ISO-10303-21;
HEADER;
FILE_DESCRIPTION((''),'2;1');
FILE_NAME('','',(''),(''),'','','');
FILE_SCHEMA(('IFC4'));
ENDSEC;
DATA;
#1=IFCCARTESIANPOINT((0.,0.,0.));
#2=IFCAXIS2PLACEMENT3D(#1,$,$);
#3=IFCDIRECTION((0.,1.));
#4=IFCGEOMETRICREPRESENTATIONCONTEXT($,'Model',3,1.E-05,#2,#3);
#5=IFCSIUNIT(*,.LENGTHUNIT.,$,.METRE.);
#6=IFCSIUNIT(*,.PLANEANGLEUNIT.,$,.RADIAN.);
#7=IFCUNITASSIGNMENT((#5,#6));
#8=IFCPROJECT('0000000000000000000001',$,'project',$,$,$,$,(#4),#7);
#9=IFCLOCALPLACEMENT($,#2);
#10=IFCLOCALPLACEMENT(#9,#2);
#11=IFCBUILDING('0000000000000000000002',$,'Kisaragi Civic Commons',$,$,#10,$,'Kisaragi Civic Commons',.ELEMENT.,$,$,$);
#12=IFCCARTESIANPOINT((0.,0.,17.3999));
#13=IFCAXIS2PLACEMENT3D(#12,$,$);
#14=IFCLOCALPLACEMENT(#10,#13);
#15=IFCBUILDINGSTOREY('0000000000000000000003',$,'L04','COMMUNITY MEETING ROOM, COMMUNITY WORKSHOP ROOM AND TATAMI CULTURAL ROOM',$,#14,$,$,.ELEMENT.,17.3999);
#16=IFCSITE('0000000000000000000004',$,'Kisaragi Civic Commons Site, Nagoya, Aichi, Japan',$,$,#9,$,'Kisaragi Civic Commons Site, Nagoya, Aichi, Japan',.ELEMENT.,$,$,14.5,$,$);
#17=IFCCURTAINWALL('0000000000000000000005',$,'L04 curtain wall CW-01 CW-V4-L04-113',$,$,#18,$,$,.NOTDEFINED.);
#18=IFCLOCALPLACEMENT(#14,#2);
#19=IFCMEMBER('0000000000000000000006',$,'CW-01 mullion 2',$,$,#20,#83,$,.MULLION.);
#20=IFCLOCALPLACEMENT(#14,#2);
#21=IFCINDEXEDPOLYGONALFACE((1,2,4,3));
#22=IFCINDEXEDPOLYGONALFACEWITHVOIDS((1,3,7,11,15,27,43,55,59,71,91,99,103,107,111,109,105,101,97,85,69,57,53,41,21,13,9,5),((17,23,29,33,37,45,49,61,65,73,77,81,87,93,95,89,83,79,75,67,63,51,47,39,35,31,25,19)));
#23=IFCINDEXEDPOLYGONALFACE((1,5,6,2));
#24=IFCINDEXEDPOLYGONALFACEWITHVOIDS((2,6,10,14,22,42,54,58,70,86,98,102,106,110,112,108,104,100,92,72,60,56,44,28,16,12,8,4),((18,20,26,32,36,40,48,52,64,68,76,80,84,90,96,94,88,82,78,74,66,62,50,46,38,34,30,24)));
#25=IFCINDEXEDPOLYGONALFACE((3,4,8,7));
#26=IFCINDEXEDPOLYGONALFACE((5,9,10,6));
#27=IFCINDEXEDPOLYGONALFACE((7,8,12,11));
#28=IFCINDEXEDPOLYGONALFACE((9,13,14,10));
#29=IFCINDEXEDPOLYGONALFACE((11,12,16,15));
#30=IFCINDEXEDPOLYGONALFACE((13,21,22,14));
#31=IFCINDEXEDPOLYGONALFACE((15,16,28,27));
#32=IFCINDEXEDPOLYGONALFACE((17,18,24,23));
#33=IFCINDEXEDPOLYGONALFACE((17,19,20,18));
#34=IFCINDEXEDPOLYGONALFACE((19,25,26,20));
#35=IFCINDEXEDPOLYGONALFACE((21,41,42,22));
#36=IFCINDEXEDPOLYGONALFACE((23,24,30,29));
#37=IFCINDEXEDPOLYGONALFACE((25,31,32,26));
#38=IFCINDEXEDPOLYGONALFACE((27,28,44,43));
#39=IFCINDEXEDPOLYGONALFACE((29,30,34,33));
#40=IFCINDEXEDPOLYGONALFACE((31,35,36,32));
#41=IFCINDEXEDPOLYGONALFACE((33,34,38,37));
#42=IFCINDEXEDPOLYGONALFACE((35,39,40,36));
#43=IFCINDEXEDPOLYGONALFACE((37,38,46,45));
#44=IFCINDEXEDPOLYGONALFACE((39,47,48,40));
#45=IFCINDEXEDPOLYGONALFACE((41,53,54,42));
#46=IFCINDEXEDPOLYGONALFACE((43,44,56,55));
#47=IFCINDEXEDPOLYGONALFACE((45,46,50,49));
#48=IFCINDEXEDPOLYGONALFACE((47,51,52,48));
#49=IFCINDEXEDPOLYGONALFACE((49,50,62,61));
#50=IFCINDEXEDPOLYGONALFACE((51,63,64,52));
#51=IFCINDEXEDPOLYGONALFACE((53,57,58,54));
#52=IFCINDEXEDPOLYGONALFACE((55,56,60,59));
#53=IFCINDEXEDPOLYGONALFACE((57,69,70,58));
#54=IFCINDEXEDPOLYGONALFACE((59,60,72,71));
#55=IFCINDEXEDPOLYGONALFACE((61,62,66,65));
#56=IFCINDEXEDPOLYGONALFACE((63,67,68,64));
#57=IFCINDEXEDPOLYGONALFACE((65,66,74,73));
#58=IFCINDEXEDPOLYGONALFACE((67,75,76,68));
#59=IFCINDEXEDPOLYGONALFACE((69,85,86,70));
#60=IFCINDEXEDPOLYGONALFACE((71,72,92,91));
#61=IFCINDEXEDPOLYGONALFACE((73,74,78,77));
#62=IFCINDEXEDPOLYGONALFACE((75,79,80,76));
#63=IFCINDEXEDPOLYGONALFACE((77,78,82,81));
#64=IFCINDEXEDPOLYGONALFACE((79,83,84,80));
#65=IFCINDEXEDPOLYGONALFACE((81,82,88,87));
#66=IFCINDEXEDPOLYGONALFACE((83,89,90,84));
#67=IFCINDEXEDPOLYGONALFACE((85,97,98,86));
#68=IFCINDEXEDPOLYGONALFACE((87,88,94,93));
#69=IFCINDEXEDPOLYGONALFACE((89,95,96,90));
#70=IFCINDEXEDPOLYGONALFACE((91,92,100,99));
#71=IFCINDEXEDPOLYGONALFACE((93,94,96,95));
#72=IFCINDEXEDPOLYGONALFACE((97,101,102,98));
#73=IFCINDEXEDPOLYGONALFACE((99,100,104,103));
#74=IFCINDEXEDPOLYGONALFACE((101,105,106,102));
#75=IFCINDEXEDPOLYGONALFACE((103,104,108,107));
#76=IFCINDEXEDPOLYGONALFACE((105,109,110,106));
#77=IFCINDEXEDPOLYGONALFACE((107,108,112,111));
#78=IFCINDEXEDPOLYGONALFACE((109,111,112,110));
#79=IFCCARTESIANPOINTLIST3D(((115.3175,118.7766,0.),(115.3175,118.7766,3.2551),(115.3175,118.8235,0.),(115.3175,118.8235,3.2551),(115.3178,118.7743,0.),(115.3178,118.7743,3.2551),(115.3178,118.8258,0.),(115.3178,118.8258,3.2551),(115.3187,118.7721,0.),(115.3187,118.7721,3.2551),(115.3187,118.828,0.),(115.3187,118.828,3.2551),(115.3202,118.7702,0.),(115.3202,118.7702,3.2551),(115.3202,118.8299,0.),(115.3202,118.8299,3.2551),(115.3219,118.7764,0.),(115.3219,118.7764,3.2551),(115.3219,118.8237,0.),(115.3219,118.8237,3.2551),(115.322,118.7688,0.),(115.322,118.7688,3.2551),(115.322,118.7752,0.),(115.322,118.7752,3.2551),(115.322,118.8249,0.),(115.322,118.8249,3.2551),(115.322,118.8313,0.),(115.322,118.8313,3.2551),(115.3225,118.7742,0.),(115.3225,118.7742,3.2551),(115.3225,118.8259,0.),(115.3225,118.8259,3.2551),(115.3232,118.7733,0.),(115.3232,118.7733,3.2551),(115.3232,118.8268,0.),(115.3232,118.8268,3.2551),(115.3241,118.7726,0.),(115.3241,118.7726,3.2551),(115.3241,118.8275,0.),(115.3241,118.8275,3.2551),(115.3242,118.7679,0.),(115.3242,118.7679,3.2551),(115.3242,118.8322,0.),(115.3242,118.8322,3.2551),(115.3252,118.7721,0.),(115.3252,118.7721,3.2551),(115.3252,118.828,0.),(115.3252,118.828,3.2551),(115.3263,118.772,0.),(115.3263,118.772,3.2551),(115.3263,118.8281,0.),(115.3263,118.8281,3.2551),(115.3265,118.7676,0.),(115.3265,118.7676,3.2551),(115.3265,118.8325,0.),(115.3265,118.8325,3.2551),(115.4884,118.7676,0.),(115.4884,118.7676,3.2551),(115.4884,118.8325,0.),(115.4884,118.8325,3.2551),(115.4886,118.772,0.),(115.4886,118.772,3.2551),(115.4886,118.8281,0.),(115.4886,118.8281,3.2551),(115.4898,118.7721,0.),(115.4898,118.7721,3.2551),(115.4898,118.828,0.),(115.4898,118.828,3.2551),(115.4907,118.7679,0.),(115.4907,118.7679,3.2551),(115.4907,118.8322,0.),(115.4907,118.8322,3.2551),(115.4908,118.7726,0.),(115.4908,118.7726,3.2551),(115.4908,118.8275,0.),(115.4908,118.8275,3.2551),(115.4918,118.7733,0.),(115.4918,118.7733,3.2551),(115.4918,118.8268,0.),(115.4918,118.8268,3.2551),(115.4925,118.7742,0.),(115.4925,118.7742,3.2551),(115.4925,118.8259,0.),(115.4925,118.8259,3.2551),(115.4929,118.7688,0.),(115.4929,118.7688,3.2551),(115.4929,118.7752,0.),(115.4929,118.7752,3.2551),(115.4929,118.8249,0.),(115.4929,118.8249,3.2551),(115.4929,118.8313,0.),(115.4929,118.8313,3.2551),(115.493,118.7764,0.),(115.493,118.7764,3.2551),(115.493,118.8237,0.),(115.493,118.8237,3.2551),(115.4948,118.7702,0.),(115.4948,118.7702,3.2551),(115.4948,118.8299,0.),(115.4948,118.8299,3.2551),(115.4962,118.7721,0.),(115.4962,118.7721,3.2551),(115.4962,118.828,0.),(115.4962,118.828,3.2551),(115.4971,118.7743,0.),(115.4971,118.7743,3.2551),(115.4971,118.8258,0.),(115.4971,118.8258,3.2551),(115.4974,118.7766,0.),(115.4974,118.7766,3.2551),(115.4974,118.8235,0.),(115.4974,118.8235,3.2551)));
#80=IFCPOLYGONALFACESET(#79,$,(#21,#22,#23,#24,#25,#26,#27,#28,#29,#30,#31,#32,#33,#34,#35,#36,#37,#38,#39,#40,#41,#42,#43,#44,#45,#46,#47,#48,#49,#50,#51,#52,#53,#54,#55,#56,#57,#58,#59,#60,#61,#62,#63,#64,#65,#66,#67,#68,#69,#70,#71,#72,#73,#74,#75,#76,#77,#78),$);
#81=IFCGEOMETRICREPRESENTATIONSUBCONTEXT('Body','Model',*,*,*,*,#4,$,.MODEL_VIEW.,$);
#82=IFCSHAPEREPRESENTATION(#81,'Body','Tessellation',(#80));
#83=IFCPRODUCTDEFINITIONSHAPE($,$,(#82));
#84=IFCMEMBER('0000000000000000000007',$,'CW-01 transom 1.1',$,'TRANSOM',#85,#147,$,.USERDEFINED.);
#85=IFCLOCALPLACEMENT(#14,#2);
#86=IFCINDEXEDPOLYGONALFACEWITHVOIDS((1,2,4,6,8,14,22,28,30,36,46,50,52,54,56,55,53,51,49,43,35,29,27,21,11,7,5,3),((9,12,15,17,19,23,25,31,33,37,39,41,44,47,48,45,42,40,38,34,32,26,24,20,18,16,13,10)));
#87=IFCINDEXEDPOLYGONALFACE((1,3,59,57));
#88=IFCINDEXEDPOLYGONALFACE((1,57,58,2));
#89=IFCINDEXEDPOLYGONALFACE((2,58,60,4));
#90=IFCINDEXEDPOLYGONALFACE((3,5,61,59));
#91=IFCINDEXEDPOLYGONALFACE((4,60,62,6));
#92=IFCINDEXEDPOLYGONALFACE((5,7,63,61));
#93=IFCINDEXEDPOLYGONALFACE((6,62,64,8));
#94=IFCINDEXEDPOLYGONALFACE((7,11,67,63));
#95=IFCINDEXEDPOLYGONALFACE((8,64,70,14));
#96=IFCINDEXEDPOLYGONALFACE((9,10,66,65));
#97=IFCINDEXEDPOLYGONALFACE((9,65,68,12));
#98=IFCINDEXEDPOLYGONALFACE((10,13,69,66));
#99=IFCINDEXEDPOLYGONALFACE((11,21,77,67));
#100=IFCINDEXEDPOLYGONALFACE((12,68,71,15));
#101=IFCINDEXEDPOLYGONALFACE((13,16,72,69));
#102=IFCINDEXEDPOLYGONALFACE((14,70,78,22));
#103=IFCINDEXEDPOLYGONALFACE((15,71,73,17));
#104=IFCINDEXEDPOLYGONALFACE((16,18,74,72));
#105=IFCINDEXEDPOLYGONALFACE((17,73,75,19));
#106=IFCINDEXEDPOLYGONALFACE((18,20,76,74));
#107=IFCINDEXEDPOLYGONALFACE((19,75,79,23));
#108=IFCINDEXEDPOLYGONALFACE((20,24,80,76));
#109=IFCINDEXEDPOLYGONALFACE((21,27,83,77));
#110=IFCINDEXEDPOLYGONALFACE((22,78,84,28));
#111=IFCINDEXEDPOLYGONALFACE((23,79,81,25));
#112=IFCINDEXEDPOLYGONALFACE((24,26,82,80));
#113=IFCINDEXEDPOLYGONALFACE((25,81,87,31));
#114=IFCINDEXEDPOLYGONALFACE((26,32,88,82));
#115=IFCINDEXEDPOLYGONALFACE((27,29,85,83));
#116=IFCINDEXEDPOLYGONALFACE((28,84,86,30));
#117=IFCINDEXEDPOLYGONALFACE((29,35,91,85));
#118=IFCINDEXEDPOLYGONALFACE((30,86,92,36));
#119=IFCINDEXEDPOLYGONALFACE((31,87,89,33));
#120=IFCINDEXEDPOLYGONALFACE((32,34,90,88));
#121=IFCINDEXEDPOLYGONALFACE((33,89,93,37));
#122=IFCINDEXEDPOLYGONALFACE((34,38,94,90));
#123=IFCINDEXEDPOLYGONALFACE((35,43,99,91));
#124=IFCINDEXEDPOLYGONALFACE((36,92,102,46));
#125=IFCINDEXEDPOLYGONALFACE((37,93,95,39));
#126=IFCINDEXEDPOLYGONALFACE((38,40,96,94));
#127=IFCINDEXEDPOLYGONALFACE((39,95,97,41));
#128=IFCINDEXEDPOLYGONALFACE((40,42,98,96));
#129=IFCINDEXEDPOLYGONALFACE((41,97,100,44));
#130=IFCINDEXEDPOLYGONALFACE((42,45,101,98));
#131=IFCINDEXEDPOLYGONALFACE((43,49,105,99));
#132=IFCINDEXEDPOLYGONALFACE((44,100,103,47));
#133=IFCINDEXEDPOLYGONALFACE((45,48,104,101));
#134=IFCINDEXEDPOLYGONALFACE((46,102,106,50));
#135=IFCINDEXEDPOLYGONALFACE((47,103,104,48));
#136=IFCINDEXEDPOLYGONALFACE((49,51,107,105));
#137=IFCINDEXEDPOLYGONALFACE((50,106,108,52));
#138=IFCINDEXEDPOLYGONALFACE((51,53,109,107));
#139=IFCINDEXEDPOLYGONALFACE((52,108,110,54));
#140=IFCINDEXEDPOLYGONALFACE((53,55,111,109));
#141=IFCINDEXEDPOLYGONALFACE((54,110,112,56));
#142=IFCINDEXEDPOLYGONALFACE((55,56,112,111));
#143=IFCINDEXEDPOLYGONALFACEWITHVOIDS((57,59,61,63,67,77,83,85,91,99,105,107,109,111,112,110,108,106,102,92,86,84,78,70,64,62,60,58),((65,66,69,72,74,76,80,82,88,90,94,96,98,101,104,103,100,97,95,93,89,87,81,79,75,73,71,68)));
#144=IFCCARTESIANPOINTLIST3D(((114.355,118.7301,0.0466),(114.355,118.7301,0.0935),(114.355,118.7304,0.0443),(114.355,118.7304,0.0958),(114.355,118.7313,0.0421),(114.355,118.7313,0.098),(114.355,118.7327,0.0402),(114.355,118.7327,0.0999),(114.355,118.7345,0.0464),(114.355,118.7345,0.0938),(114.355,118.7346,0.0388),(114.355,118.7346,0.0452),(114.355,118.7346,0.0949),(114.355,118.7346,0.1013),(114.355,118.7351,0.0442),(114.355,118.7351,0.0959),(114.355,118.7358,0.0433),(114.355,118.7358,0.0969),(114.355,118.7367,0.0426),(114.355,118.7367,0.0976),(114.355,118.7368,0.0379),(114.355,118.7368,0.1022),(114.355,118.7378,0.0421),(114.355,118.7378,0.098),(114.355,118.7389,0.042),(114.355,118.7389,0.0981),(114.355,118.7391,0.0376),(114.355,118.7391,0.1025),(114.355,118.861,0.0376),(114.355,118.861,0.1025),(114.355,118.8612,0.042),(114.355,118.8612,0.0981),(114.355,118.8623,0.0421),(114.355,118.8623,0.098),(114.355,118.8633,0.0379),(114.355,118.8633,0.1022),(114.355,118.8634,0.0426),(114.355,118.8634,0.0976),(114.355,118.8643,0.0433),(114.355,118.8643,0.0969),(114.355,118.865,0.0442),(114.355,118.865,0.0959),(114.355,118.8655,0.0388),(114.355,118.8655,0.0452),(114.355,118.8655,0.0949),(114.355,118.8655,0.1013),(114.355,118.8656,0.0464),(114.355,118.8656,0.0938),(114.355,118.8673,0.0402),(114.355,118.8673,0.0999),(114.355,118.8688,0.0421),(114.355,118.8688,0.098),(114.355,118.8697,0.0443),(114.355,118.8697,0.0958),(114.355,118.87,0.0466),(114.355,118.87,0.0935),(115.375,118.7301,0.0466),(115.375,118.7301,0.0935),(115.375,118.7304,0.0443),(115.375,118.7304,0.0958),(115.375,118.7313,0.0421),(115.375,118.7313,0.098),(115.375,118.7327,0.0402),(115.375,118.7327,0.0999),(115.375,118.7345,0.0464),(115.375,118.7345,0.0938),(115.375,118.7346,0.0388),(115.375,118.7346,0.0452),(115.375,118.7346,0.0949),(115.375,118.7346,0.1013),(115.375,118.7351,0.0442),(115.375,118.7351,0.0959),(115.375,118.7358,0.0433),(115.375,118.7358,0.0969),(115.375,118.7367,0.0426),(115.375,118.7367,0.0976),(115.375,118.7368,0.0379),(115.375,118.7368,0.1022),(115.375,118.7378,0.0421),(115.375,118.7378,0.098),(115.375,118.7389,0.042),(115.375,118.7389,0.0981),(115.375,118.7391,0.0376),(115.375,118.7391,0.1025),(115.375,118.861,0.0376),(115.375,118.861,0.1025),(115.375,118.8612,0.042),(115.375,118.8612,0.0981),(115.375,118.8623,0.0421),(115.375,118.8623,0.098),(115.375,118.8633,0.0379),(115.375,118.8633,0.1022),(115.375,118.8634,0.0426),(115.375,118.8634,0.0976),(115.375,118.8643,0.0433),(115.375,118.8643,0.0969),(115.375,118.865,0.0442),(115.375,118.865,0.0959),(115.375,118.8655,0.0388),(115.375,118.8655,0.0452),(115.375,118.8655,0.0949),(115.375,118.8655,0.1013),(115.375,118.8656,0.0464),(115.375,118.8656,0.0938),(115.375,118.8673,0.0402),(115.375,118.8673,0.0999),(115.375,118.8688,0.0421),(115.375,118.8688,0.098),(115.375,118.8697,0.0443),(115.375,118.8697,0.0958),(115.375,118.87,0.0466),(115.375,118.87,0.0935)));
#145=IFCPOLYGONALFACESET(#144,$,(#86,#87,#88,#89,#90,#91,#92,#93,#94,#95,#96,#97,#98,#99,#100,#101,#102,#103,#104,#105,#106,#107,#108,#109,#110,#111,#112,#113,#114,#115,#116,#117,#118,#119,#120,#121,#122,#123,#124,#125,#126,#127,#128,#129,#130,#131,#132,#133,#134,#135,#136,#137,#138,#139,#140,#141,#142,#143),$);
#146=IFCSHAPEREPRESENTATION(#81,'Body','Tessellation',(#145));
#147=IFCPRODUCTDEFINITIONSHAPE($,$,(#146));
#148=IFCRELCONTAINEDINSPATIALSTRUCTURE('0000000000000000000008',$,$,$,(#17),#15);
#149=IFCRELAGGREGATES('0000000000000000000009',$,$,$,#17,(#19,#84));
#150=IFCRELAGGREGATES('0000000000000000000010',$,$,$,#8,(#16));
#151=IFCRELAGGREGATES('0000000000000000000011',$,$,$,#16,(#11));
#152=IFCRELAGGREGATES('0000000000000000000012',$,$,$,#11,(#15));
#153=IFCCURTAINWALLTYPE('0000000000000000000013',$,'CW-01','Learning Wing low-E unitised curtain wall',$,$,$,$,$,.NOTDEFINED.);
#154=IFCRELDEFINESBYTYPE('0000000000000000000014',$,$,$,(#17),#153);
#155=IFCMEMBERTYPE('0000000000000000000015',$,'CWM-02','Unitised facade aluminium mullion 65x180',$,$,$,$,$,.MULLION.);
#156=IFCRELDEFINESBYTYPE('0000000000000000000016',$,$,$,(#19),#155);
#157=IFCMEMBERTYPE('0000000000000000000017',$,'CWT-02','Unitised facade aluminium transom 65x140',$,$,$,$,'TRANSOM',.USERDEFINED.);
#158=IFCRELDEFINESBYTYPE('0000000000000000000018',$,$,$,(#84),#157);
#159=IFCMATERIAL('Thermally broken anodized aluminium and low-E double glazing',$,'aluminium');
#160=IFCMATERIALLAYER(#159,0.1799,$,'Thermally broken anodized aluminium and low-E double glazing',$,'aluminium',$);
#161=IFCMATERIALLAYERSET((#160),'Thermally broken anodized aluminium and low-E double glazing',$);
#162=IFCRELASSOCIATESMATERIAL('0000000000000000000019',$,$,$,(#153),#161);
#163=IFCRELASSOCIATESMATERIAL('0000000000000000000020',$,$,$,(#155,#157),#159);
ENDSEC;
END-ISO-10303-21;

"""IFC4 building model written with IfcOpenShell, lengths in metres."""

from ifc_helpers import new_model, si_unit, direction, frame, origin, origin_2d, place, context, subcontext, project, spatial, hollow_rectangle, extrude, material, layer, layer_set, material_profile, profile_set, type_object, element, aggregate, save


model = new_model("IFC4")

# Units and contexts
model_context = context("Model", 3, precision=1e-05, world=origin(), true_north=direction((0.0, 1.0)))
body_context = subcontext(model_context, "Body", "Model", "MODEL_VIEW")
ifc_project = project(units=[si_unit("LENGTHUNIT", "METRE"), si_unit("PLANEANGLEUNIT", "RADIAN")], contexts=[model_context])

# Site, building, storey
site_placement = place(None, origin())
site = spatial("IfcSite", under=ifc_project, at=site_placement, Name="Kisaragi Civic Commons Site, Nagoya, Aichi, Japan", LongName="Kisaragi Civic Commons Site, Nagoya, Aichi, Japan", CompositionType="ELEMENT", RefElevation=14.5)
building_placement = place(site_placement, origin())
building = spatial("IfcBuilding", under=site, at=building_placement, Name="Kisaragi Civic Commons", LongName="Kisaragi Civic Commons", CompositionType="ELEMENT")
storey_placement = place(building_placement, frame((0.0, 0.0, 17.3999)))
storey = spatial("IfcBuildingStorey", under=building, at=storey_placement, Name="L04", Description="COMMUNITY MEETING ROOM, COMMUNITY WORKSHOP ROOM AND TATAMI CULTURAL ROOM", CompositionType="ELEMENT", Elevation=17.3999)

# Shared definitions
ifc_material_1 = material(Name="Thermally broken anodized aluminium and low-E double glazing", Category="aluminium")
ifc_layer_1 = layer(ifc_material_1, 0.1799, Name="Thermally broken anodized aluminium and low-E double glazing", Category="aluminium")
ifc_layer_set_1 = layer_set([ifc_layer_1], Name="Thermally broken anodized aluminium and low-E double glazing")
curtain_wall_type = type_object("IfcCurtainWallType", Name="CW-01", Description="Learning Wing low-E unitised curtain wall", PredefinedType="NOTDEFINED", material=ifc_layer_set_1)
ifc_material_profile_1 = material_profile(ifc_material_1, hollow_rectangle(XDim=0.0649, YDim=0.1799, WallThickness=0.0044, InnerFilletRadius=0.0044, OuterFilletRadius=0.009, at=origin_2d()), Name="CWM-65x180x4.5", Category="aluminium")
ifc_profile_set_1 = profile_set([ifc_material_profile_1], Name="Thermally broken anodized aluminium and low-E double glazing")
member_type_1 = type_object("IfcMemberType", Name="CWM-02", Description="Unitised facade aluminium mullion 65x180", PredefinedType="MULLION", material=ifc_profile_set_1)

# Curtain wall, members
curtain_wall_1_placement = place(storey_placement, origin())
curtain_wall_1 = element("IfcCurtainWall", 1, at=curtain_wall_1_placement, inside=storey, type_object=curtain_wall_type, Name="L04 curtain wall CW-01 CW-V4-L04-113", PredefinedType="NOTDEFINED")
member_1_placement = place(storey_placement, frame((115.4075, 118.8, 0.0), z_axis=(0.0, 0.0, 1.0), x_axis=(0.0, 1.0, 0.0)))
member_1 = element("IfcMember", 2, at=member_1_placement, type_object=member_type_1, Name="CW-01 mullion 2", PredefinedType="MULLION", context=body_context, shape_type="SweptSolid", body=[
    extrude(hollow_rectangle(XDim=0.0649, YDim=0.1799, WallThickness=0.0044, InnerFilletRadius=0.0044, OuterFilletRadius=0.009, at=origin_2d()), origin(), (0.0, 0.0, 1.0), 3.2551),
])
ifc_material_profile_2 = material_profile(ifc_material_1, hollow_rectangle(XDim=0.1399, YDim=0.0649, WallThickness=0.0044, InnerFilletRadius=0.0044, OuterFilletRadius=0.009, at=origin_2d()), Name="CWT-65x140x4.5", Category="aluminium")
ifc_profile_set_2 = profile_set([ifc_material_profile_2], Name="Thermally broken anodized aluminium and low-E double glazing")
member_type_2 = type_object("IfcMemberType", Name="CWT-02", Description="Unitised facade aluminium transom 65x140", ElementType="TRANSOM", PredefinedType="USERDEFINED", material=ifc_profile_set_2)
member_2_placement = place(storey_placement, frame((114.355, 118.8, 0.0701), z_axis=(1.0, 0.0, 0.0), x_axis=(0.0, 1.0, 0.0)))
member_2 = element("IfcMember", 3, at=member_2_placement, type_object=member_type_2, Name="CW-01 transom 1.1", ObjectType="TRANSOM", PredefinedType="USERDEFINED", context=body_context, shape_type="SweptSolid", body=[
    extrude(hollow_rectangle(XDim=0.1399, YDim=0.0649, WallThickness=0.0044, InnerFilletRadius=0.0044, OuterFilletRadius=0.009, at=origin_2d()), origin(), (0.0, 0.0, 1.0), 1.02),
])

aggregate(curtain_wall_1, [member_1, member_2])

save(model, "model.ifc")
